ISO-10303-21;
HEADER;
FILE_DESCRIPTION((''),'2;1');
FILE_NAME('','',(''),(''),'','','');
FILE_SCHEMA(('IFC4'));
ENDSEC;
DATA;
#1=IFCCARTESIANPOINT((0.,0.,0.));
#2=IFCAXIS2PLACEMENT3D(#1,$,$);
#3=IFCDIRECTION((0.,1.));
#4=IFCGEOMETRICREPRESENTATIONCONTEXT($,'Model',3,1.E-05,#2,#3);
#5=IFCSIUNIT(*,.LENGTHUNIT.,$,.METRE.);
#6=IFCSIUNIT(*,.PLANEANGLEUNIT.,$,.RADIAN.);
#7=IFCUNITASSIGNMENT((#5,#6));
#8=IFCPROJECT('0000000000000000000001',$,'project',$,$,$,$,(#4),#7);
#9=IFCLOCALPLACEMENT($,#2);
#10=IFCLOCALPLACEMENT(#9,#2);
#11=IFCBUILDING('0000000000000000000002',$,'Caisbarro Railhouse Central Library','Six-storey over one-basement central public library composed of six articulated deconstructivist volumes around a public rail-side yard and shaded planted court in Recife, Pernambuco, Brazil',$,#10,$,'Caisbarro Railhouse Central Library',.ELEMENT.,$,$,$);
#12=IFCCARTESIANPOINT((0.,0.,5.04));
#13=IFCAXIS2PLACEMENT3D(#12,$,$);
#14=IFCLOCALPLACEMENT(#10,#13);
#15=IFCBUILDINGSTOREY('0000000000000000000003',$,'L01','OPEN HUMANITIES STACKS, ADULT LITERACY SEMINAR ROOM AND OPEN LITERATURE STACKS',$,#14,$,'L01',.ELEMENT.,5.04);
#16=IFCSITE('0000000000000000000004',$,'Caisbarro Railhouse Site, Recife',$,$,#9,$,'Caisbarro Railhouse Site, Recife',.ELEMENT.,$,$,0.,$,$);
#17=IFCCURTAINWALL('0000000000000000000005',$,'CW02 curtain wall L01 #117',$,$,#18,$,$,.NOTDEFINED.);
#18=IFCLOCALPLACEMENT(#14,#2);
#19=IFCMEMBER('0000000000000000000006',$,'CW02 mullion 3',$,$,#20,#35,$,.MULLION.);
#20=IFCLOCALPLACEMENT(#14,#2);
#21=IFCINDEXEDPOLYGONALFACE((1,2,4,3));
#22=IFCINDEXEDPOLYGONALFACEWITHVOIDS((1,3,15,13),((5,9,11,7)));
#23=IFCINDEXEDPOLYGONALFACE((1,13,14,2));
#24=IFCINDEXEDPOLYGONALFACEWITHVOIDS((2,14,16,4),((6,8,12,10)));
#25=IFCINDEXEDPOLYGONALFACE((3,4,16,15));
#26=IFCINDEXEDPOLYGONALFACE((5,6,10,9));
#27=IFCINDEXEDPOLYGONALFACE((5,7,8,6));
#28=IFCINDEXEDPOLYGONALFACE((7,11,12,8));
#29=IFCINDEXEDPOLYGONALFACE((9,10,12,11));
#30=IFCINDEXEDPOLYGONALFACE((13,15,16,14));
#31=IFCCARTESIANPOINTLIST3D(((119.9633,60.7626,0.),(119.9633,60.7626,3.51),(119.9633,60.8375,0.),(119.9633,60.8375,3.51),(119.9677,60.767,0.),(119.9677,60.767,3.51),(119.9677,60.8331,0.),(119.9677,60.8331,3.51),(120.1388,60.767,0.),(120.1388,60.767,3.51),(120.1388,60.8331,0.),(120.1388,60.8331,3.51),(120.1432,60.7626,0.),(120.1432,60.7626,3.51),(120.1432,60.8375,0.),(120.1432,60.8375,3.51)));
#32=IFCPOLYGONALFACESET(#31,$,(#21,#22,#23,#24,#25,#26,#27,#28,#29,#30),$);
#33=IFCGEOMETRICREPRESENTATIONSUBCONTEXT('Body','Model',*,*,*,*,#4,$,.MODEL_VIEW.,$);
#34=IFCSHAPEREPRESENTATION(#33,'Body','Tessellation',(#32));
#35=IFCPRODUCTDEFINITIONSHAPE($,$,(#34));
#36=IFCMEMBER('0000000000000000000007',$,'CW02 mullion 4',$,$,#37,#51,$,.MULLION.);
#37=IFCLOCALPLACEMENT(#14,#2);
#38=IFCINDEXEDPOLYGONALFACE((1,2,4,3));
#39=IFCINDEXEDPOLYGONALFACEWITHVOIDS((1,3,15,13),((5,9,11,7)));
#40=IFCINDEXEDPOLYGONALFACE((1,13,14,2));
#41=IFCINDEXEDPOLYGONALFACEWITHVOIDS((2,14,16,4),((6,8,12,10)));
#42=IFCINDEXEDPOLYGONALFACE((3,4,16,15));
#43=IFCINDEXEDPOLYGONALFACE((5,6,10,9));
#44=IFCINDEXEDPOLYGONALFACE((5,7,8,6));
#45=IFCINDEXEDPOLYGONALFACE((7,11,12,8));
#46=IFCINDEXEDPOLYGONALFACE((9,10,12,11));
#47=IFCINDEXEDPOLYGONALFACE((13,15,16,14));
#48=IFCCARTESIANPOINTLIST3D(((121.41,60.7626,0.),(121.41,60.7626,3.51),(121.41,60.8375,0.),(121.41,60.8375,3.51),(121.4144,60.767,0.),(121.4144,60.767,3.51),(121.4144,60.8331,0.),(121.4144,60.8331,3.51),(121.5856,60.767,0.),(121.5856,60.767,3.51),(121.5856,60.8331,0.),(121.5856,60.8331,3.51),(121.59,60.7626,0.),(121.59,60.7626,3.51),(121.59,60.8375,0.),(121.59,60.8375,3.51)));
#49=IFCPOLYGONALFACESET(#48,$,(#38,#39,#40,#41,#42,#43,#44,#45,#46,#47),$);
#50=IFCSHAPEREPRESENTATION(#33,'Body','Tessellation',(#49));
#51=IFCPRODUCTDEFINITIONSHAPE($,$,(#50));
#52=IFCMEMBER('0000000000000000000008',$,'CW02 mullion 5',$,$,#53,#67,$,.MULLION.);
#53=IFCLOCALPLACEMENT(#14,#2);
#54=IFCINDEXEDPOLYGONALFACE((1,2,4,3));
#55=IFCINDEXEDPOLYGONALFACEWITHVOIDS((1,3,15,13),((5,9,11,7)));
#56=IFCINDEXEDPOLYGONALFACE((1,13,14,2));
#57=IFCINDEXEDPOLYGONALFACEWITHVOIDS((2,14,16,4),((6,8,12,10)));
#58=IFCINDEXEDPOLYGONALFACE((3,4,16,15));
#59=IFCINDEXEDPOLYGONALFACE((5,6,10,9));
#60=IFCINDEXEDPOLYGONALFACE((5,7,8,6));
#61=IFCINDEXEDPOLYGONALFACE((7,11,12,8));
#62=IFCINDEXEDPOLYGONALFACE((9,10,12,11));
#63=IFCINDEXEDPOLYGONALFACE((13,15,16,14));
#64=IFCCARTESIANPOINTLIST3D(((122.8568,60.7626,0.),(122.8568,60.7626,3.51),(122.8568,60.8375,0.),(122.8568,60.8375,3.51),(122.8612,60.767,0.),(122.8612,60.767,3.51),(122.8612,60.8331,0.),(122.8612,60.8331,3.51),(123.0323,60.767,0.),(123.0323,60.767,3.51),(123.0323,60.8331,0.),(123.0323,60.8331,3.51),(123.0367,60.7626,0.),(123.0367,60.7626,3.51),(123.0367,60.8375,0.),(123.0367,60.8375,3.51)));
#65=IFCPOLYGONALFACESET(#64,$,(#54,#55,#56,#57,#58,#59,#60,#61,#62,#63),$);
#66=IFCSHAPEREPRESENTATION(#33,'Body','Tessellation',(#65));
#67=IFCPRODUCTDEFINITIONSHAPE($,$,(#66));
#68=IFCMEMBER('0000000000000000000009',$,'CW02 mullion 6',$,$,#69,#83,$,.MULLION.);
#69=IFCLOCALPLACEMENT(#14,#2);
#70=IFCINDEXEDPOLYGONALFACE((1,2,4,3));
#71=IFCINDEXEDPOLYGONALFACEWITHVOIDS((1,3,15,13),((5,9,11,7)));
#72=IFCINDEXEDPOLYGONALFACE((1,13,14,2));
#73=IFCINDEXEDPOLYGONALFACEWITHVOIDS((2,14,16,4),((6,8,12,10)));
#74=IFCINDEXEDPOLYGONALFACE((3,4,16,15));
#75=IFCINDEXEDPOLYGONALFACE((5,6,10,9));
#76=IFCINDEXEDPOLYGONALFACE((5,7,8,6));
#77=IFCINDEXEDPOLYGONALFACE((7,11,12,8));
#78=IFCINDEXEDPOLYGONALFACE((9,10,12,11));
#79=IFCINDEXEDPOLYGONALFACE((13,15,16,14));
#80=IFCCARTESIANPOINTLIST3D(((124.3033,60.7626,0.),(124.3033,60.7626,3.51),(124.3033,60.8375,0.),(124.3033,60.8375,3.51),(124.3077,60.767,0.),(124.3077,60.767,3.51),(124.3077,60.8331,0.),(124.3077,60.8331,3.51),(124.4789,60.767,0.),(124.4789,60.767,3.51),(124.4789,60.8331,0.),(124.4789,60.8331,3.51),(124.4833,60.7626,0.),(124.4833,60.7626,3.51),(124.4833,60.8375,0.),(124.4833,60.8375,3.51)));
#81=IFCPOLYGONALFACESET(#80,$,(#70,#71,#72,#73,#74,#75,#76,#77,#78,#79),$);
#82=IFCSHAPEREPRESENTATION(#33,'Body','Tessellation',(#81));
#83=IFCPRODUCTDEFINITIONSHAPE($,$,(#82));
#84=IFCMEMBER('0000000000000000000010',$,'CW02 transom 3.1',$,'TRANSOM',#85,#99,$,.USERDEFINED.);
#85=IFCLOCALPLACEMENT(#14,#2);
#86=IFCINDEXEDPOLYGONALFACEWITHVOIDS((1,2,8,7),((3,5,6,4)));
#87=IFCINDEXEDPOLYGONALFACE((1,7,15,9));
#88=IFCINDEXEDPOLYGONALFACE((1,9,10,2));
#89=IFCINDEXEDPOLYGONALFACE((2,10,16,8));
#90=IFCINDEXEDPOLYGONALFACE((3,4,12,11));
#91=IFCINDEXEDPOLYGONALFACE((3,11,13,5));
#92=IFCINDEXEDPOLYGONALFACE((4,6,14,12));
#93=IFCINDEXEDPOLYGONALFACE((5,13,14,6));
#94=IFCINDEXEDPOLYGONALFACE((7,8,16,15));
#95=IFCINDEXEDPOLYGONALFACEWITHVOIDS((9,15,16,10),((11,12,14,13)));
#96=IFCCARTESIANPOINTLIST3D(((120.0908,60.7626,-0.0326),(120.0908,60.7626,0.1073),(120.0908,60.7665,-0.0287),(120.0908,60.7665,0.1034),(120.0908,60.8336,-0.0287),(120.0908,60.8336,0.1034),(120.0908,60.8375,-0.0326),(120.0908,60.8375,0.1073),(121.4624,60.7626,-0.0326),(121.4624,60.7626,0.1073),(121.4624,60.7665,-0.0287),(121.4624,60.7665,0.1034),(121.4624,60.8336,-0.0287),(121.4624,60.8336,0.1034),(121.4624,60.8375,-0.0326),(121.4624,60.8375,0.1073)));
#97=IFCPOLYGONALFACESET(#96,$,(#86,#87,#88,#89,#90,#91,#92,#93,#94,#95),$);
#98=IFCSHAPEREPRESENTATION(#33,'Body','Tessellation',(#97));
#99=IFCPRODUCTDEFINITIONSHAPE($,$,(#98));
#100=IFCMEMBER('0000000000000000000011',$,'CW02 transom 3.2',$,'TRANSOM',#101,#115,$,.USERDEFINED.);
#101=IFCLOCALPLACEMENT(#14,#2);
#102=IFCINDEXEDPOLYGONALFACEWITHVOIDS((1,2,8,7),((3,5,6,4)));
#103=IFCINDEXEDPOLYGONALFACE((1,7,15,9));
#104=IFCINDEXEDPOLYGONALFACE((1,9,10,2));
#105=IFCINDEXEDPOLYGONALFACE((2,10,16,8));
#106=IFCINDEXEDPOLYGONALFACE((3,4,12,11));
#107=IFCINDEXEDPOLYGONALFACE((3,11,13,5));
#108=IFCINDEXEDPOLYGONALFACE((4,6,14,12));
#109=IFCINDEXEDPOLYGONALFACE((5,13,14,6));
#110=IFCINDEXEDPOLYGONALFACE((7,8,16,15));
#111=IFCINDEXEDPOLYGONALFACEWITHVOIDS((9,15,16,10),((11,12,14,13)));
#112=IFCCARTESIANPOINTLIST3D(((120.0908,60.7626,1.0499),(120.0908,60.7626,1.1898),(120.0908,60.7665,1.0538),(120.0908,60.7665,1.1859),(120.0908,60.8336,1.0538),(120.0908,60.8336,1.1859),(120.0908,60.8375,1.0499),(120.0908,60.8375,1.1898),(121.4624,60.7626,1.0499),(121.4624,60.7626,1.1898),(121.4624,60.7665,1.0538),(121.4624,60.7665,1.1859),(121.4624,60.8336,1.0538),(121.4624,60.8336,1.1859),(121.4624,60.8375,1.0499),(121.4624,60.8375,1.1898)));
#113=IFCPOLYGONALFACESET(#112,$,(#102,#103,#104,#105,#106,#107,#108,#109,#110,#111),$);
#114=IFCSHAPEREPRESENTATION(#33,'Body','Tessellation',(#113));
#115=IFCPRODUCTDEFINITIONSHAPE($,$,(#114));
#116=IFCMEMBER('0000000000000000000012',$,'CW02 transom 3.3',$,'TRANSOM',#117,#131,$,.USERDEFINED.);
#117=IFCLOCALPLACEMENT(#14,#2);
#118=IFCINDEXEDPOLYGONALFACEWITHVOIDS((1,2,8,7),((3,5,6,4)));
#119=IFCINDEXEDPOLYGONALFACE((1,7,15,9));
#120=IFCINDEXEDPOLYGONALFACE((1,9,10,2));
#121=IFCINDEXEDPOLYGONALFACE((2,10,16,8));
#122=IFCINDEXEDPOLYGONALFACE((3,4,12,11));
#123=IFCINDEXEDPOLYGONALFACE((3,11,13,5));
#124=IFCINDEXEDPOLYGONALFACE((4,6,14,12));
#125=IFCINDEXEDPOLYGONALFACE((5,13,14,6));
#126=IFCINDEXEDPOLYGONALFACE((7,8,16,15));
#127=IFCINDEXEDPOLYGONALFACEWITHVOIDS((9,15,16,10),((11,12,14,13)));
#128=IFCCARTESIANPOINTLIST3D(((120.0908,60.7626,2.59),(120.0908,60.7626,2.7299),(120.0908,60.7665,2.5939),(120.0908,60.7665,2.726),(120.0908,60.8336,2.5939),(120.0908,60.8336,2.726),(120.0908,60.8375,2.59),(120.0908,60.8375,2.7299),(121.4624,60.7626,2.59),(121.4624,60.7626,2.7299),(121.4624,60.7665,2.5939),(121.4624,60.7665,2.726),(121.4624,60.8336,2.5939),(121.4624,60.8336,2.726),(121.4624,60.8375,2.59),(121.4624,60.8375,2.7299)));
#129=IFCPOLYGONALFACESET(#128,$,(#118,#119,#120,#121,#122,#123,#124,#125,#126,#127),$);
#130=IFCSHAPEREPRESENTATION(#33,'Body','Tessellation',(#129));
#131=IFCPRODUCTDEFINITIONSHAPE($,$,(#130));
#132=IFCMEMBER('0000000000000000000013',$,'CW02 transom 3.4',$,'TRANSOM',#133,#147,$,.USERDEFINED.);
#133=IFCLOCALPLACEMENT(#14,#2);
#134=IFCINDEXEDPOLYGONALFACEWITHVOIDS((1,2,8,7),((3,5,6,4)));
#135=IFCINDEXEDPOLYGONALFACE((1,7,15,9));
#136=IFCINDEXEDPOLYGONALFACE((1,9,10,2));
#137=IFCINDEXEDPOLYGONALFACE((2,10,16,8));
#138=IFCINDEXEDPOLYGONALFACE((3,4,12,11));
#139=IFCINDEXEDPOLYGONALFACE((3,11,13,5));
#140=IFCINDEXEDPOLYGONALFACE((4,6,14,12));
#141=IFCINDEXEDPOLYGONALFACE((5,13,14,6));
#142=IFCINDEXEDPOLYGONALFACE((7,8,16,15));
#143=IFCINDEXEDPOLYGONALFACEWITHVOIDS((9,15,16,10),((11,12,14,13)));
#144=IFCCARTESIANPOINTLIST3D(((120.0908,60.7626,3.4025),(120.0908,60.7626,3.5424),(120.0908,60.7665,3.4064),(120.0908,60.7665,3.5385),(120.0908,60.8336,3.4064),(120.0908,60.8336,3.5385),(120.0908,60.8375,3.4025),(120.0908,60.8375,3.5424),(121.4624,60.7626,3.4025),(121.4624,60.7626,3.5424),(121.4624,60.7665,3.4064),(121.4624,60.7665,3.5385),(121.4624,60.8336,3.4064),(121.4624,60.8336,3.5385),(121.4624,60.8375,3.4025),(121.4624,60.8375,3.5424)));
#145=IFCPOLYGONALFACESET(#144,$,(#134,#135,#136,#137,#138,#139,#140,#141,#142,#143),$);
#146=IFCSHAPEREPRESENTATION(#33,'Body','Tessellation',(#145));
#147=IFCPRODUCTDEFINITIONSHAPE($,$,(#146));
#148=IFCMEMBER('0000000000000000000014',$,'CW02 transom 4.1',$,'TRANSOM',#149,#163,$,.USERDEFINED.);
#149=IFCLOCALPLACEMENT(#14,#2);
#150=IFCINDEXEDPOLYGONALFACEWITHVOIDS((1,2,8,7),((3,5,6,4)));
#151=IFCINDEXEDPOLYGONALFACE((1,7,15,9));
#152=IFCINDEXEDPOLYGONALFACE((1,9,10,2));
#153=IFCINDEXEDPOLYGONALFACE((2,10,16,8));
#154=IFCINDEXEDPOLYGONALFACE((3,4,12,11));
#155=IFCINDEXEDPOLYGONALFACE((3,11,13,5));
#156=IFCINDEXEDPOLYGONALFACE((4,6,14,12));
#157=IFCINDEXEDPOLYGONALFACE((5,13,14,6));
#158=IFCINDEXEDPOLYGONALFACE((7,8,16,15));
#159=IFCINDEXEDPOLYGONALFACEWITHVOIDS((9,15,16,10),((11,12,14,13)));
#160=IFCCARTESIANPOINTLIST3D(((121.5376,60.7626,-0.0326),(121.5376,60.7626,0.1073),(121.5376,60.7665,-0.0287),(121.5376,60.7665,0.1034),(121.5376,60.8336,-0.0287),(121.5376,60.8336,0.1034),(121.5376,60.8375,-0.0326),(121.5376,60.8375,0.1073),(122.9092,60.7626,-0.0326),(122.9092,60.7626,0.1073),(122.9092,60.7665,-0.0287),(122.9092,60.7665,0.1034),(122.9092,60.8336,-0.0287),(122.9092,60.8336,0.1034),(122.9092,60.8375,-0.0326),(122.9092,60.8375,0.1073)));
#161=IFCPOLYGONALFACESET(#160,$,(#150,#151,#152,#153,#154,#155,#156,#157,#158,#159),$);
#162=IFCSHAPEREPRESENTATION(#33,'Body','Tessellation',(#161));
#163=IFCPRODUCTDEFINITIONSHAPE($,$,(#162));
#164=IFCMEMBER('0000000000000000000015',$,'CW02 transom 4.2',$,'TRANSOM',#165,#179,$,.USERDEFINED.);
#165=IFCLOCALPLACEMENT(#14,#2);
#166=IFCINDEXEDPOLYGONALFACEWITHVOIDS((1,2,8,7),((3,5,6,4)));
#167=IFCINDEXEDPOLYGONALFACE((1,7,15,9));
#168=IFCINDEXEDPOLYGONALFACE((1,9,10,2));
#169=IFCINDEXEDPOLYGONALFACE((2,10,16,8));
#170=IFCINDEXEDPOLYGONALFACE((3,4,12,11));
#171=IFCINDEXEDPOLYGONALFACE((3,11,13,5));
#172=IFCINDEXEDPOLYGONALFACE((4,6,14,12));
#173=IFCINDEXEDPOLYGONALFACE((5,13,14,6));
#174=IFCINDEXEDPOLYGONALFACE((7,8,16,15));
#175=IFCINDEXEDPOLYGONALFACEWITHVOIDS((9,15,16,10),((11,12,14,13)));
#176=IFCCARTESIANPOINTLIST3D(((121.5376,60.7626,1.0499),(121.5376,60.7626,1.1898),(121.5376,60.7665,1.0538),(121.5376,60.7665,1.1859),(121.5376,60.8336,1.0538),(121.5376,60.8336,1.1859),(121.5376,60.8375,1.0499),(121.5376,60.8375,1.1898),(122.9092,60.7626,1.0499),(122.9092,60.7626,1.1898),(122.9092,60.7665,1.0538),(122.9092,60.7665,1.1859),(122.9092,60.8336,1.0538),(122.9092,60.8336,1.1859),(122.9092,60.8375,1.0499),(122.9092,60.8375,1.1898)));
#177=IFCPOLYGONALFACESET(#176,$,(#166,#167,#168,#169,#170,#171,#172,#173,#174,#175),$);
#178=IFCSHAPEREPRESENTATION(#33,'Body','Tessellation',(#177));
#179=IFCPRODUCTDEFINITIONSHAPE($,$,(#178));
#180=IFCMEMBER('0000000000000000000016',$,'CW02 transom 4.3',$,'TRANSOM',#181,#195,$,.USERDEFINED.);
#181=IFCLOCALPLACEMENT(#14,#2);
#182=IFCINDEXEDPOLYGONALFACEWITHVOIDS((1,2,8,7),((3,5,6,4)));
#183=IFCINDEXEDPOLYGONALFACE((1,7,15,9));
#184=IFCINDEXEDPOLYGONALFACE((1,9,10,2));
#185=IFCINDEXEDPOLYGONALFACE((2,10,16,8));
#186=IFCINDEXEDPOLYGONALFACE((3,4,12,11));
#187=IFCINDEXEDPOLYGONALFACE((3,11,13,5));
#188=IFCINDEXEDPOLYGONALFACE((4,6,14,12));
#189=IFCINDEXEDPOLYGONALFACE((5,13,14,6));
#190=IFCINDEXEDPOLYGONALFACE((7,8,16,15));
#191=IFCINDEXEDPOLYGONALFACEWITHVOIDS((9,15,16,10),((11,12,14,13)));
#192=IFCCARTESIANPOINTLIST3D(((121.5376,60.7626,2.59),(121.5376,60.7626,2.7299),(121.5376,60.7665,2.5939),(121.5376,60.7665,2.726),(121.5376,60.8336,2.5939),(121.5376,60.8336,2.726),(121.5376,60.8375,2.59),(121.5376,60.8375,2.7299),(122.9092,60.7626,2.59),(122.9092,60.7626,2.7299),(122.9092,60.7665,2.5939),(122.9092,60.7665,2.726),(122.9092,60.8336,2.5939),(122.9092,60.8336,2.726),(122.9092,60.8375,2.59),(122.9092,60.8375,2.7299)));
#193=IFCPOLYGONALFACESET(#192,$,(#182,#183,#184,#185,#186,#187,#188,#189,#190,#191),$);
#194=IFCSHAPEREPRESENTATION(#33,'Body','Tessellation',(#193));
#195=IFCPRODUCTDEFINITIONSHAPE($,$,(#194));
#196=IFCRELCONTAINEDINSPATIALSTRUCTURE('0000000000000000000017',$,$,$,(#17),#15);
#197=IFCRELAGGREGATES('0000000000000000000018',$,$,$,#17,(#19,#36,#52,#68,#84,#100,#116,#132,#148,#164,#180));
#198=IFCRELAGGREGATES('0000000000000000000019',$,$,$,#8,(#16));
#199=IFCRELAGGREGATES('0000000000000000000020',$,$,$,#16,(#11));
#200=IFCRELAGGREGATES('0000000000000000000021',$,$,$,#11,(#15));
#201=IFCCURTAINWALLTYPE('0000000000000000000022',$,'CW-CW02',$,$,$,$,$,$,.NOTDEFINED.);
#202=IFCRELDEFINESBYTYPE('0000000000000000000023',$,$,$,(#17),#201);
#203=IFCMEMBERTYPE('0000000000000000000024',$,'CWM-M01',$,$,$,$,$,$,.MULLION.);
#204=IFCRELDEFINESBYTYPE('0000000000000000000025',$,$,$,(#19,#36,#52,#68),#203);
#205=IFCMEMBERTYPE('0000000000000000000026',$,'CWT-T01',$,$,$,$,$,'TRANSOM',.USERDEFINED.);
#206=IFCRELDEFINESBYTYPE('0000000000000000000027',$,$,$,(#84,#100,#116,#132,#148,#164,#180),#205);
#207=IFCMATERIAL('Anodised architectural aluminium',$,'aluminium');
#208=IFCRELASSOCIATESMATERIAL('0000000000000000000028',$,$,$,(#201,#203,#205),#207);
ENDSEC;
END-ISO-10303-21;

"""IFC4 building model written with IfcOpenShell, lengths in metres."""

from ifc_helpers import new_model, si_unit, direction, frame, origin, origin_2d, place, context, subcontext, project, spatial, hollow_rectangle, extrude, material, material_profile, profile_set, type_object, element, aggregate, save


model = new_model("IFC4")

# Units and contexts
model_context = context("Model", 3, precision=1e-05, world=origin(), true_north=direction((0.0, 1.0)))
body_context = subcontext(model_context, "Body", "Model", "MODEL_VIEW")
ifc_project = project(units=[si_unit("LENGTHUNIT", "METRE"), si_unit("PLANEANGLEUNIT", "RADIAN")], contexts=[model_context])

# Site, building, storey
site_placement = place(None, origin())
site = spatial("IfcSite", under=ifc_project, at=site_placement, Name="Caisbarro Railhouse Site, Recife", LongName="Caisbarro Railhouse Site, Recife", CompositionType="ELEMENT", RefElevation=0.0)
building_placement = place(site_placement, origin())
building = spatial("IfcBuilding", under=site, at=building_placement, Name="Caisbarro Railhouse Central Library", Description="Six-storey over one-basement central public library composed of six articulated deconstructivist volumes around a public rail-side yard and shaded planted court in Recife, Pernambuco, Brazil", LongName="Caisbarro Railhouse Central Library", CompositionType="ELEMENT")
storey_placement = place(building_placement, frame((0.0, 0.0, 5.04)))
storey = spatial("IfcBuildingStorey", under=building, at=storey_placement, Name="L01", Description="OPEN HUMANITIES STACKS, ADULT LITERACY SEMINAR ROOM AND OPEN LITERATURE STACKS", LongName="L01", CompositionType="ELEMENT", Elevation=5.04)

# Curtain wall, members
ifc_material_1 = material(Name="Anodised architectural aluminium", Category="aluminium")
curtain_wall_type = type_object("IfcCurtainWallType", Name="CW-CW02", PredefinedType="NOTDEFINED", material=ifc_material_1)
curtain_wall_placement = place(storey_placement, origin())
curtain_wall = element("IfcCurtainWall", 1, at=curtain_wall_placement, inside=storey, type_object=curtain_wall_type, Name="CW02 curtain wall L01 #117", PredefinedType="NOTDEFINED")
ifc_material_profile_1 = material_profile(ifc_material_1, hollow_rectangle(XDim=0.075, YDim=0.1799, WallThickness=0.0044, at=origin_2d()), Name="ALU-MUL-75X180")
ifc_profile_set_1 = profile_set([ifc_material_profile_1], Name="Anodised architectural aluminium")
member_type_1 = type_object("IfcMemberType", Name="CWM-M01", PredefinedType="MULLION", material=ifc_profile_set_1)
member_1_placement = place(storey_placement, frame((120.0532, 60.8, 0.0), z_axis=(0.0, 0.0, 1.0), x_axis=(0.0, 1.0, 0.0)))
member_1 = element("IfcMember", 2, at=member_1_placement, type_object=member_type_1, Name="CW02 mullion 3", PredefinedType="MULLION", context=body_context, shape_type="SweptSolid", body=[
    extrude(hollow_rectangle(XDim=0.075, YDim=0.1799, WallThickness=0.0044, at=origin_2d()), origin(), (0.0, 0.0, 1.0), 3.51),
])
member_2_placement = place(storey_placement, frame((121.5, 60.8, 0.0), z_axis=(0.0, 0.0, 1.0), x_axis=(0.0, 1.0, 0.0)))
member_2 = element("IfcMember", 3, at=member_2_placement, type_object=member_type_1, Name="CW02 mullion 4", PredefinedType="MULLION", context=body_context, shape_type="SweptSolid", body=[
    extrude(hollow_rectangle(XDim=0.075, YDim=0.1799, WallThickness=0.0044, at=origin_2d()), origin(), (0.0, 0.0, 1.0), 3.51),
])
member_3_placement = place(storey_placement, frame((122.9468, 60.8, 0.0), z_axis=(0.0, 0.0, 1.0), x_axis=(0.0, 1.0, 0.0)))
member_3 = element("IfcMember", 4, at=member_3_placement, type_object=member_type_1, Name="CW02 mullion 5", PredefinedType="MULLION", context=body_context, shape_type="SweptSolid", body=[
    extrude(hollow_rectangle(XDim=0.075, YDim=0.1799, WallThickness=0.0044, at=origin_2d()), origin(), (0.0, 0.0, 1.0), 3.51),
])
member_4_placement = place(storey_placement, frame((124.3933, 60.8, 0.0), z_axis=(0.0, 0.0, 1.0), x_axis=(0.0, 1.0, 0.0)))
member_4 = element("IfcMember", 5, at=member_4_placement, type_object=member_type_1, Name="CW02 mullion 6", PredefinedType="MULLION", context=body_context, shape_type="SweptSolid", body=[
    extrude(hollow_rectangle(XDim=0.075, YDim=0.1799, WallThickness=0.0044, at=origin_2d()), origin(), (0.0, 0.0, 1.0), 3.51),
])
ifc_material_profile_2 = material_profile(ifc_material_1, hollow_rectangle(XDim=0.075, YDim=0.1399, WallThickness=0.0039, at=origin_2d()), Name="ALU-TRN-75X140")
ifc_profile_set_2 = profile_set([ifc_material_profile_2], Name="Anodised architectural aluminium")
member_type_2 = type_object("IfcMemberType", Name="CWT-T01", ElementType="TRANSOM", PredefinedType="USERDEFINED", material=ifc_profile_set_2)
member_5_placement = place(storey_placement, frame((120.0908, 60.8, 0.0374), z_axis=(1.0, 0.0, 0.0), x_axis=(0.0, 1.0, 0.0)))
member_5 = element("IfcMember", 6, at=member_5_placement, type_object=member_type_2, Name="CW02 transom 3.1", ObjectType="TRANSOM", PredefinedType="USERDEFINED", context=body_context, shape_type="SweptSolid", body=[
    extrude(hollow_rectangle(XDim=0.075, YDim=0.1399, WallThickness=0.0039, at=origin_2d()), origin(), (0.0, 0.0, 1.0), 1.3716),
])
member_6_placement = place(storey_placement, frame((120.0908, 60.8, 1.1199), z_axis=(1.0, 0.0, 0.0), x_axis=(0.0, 1.0, 0.0)))
member_6 = element("IfcMember", 7, at=member_6_placement, type_object=member_type_2, Name="CW02 transom 3.2", ObjectType="TRANSOM", PredefinedType="USERDEFINED", context=body_context, shape_type="SweptSolid", body=[
    extrude(hollow_rectangle(XDim=0.075, YDim=0.1399, WallThickness=0.0039, at=origin_2d()), origin(), (0.0, 0.0, 1.0), 1.3716),
])
member_7_placement = place(storey_placement, frame((120.0908, 60.8, 2.6599), z_axis=(1.0, 0.0, 0.0), x_axis=(0.0, 1.0, 0.0)))
member_7 = element("IfcMember", 8, at=member_7_placement, type_object=member_type_2, Name="CW02 transom 3.3", ObjectType="TRANSOM", PredefinedType="USERDEFINED", context=body_context, shape_type="SweptSolid", body=[
    extrude(hollow_rectangle(XDim=0.075, YDim=0.1399, WallThickness=0.0039, at=origin_2d()), origin(), (0.0, 0.0, 1.0), 1.3716),
])
member_8_placement = place(storey_placement, frame((120.0908, 60.8, 3.4724), z_axis=(1.0, 0.0, 0.0), x_axis=(0.0, 1.0, 0.0)))
member_8 = element("IfcMember", 9, at=member_8_placement, type_object=member_type_2, Name="CW02 transom 3.4", ObjectType="TRANSOM", PredefinedType="USERDEFINED", context=body_context, shape_type="SweptSolid", body=[
    extrude(hollow_rectangle(XDim=0.075, YDim=0.1399, WallThickness=0.0039, at=origin_2d()), origin(), (0.0, 0.0, 1.0), 1.3716),
])
member_9_placement = place(storey_placement, frame((121.5376, 60.8, 0.0374), z_axis=(1.0, 0.0, 0.0), x_axis=(0.0, 1.0, 0.0)))
member_9 = element("IfcMember", 10, at=member_9_placement, type_object=member_type_2, Name="CW02 transom 4.1", ObjectType="TRANSOM", PredefinedType="USERDEFINED", context=body_context, shape_type="SweptSolid", body=[
    extrude(hollow_rectangle(XDim=0.075, YDim=0.1399, WallThickness=0.0039, at=origin_2d()), origin(), (0.0, 0.0, 1.0), 1.3716),
])
member_10_placement = place(storey_placement, frame((121.5376, 60.8, 1.1199), z_axis=(1.0, 0.0, 0.0), x_axis=(0.0, 1.0, 0.0)))
member_10 = element("IfcMember", 11, at=member_10_placement, type_object=member_type_2, Name="CW02 transom 4.2", ObjectType="TRANSOM", PredefinedType="USERDEFINED", context=body_context, shape_type="SweptSolid", body=[
    extrude(hollow_rectangle(XDim=0.075, YDim=0.1399, WallThickness=0.0039, at=origin_2d()), origin(), (0.0, 0.0, 1.0), 1.3716),
])
member_11_placement = place(storey_placement, frame((121.5376, 60.8, 2.6599), z_axis=(1.0, 0.0, 0.0), x_axis=(0.0, 1.0, 0.0)))
member_11 = element("IfcMember", 12, at=member_11_placement, type_object=member_type_2, Name="CW02 transom 4.3", ObjectType="TRANSOM", PredefinedType="USERDEFINED", context=body_context, shape_type="SweptSolid", body=[
    extrude(hollow_rectangle(XDim=0.075, YDim=0.1399, WallThickness=0.0039, at=origin_2d()), origin(), (0.0, 0.0, 1.0), 1.3716),
])
aggregate(curtain_wall, [member_1, member_2, member_3, member_4, member_5, member_6, member_7, member_8, member_9, member_10, member_11])

save(model, "model.ifc")
